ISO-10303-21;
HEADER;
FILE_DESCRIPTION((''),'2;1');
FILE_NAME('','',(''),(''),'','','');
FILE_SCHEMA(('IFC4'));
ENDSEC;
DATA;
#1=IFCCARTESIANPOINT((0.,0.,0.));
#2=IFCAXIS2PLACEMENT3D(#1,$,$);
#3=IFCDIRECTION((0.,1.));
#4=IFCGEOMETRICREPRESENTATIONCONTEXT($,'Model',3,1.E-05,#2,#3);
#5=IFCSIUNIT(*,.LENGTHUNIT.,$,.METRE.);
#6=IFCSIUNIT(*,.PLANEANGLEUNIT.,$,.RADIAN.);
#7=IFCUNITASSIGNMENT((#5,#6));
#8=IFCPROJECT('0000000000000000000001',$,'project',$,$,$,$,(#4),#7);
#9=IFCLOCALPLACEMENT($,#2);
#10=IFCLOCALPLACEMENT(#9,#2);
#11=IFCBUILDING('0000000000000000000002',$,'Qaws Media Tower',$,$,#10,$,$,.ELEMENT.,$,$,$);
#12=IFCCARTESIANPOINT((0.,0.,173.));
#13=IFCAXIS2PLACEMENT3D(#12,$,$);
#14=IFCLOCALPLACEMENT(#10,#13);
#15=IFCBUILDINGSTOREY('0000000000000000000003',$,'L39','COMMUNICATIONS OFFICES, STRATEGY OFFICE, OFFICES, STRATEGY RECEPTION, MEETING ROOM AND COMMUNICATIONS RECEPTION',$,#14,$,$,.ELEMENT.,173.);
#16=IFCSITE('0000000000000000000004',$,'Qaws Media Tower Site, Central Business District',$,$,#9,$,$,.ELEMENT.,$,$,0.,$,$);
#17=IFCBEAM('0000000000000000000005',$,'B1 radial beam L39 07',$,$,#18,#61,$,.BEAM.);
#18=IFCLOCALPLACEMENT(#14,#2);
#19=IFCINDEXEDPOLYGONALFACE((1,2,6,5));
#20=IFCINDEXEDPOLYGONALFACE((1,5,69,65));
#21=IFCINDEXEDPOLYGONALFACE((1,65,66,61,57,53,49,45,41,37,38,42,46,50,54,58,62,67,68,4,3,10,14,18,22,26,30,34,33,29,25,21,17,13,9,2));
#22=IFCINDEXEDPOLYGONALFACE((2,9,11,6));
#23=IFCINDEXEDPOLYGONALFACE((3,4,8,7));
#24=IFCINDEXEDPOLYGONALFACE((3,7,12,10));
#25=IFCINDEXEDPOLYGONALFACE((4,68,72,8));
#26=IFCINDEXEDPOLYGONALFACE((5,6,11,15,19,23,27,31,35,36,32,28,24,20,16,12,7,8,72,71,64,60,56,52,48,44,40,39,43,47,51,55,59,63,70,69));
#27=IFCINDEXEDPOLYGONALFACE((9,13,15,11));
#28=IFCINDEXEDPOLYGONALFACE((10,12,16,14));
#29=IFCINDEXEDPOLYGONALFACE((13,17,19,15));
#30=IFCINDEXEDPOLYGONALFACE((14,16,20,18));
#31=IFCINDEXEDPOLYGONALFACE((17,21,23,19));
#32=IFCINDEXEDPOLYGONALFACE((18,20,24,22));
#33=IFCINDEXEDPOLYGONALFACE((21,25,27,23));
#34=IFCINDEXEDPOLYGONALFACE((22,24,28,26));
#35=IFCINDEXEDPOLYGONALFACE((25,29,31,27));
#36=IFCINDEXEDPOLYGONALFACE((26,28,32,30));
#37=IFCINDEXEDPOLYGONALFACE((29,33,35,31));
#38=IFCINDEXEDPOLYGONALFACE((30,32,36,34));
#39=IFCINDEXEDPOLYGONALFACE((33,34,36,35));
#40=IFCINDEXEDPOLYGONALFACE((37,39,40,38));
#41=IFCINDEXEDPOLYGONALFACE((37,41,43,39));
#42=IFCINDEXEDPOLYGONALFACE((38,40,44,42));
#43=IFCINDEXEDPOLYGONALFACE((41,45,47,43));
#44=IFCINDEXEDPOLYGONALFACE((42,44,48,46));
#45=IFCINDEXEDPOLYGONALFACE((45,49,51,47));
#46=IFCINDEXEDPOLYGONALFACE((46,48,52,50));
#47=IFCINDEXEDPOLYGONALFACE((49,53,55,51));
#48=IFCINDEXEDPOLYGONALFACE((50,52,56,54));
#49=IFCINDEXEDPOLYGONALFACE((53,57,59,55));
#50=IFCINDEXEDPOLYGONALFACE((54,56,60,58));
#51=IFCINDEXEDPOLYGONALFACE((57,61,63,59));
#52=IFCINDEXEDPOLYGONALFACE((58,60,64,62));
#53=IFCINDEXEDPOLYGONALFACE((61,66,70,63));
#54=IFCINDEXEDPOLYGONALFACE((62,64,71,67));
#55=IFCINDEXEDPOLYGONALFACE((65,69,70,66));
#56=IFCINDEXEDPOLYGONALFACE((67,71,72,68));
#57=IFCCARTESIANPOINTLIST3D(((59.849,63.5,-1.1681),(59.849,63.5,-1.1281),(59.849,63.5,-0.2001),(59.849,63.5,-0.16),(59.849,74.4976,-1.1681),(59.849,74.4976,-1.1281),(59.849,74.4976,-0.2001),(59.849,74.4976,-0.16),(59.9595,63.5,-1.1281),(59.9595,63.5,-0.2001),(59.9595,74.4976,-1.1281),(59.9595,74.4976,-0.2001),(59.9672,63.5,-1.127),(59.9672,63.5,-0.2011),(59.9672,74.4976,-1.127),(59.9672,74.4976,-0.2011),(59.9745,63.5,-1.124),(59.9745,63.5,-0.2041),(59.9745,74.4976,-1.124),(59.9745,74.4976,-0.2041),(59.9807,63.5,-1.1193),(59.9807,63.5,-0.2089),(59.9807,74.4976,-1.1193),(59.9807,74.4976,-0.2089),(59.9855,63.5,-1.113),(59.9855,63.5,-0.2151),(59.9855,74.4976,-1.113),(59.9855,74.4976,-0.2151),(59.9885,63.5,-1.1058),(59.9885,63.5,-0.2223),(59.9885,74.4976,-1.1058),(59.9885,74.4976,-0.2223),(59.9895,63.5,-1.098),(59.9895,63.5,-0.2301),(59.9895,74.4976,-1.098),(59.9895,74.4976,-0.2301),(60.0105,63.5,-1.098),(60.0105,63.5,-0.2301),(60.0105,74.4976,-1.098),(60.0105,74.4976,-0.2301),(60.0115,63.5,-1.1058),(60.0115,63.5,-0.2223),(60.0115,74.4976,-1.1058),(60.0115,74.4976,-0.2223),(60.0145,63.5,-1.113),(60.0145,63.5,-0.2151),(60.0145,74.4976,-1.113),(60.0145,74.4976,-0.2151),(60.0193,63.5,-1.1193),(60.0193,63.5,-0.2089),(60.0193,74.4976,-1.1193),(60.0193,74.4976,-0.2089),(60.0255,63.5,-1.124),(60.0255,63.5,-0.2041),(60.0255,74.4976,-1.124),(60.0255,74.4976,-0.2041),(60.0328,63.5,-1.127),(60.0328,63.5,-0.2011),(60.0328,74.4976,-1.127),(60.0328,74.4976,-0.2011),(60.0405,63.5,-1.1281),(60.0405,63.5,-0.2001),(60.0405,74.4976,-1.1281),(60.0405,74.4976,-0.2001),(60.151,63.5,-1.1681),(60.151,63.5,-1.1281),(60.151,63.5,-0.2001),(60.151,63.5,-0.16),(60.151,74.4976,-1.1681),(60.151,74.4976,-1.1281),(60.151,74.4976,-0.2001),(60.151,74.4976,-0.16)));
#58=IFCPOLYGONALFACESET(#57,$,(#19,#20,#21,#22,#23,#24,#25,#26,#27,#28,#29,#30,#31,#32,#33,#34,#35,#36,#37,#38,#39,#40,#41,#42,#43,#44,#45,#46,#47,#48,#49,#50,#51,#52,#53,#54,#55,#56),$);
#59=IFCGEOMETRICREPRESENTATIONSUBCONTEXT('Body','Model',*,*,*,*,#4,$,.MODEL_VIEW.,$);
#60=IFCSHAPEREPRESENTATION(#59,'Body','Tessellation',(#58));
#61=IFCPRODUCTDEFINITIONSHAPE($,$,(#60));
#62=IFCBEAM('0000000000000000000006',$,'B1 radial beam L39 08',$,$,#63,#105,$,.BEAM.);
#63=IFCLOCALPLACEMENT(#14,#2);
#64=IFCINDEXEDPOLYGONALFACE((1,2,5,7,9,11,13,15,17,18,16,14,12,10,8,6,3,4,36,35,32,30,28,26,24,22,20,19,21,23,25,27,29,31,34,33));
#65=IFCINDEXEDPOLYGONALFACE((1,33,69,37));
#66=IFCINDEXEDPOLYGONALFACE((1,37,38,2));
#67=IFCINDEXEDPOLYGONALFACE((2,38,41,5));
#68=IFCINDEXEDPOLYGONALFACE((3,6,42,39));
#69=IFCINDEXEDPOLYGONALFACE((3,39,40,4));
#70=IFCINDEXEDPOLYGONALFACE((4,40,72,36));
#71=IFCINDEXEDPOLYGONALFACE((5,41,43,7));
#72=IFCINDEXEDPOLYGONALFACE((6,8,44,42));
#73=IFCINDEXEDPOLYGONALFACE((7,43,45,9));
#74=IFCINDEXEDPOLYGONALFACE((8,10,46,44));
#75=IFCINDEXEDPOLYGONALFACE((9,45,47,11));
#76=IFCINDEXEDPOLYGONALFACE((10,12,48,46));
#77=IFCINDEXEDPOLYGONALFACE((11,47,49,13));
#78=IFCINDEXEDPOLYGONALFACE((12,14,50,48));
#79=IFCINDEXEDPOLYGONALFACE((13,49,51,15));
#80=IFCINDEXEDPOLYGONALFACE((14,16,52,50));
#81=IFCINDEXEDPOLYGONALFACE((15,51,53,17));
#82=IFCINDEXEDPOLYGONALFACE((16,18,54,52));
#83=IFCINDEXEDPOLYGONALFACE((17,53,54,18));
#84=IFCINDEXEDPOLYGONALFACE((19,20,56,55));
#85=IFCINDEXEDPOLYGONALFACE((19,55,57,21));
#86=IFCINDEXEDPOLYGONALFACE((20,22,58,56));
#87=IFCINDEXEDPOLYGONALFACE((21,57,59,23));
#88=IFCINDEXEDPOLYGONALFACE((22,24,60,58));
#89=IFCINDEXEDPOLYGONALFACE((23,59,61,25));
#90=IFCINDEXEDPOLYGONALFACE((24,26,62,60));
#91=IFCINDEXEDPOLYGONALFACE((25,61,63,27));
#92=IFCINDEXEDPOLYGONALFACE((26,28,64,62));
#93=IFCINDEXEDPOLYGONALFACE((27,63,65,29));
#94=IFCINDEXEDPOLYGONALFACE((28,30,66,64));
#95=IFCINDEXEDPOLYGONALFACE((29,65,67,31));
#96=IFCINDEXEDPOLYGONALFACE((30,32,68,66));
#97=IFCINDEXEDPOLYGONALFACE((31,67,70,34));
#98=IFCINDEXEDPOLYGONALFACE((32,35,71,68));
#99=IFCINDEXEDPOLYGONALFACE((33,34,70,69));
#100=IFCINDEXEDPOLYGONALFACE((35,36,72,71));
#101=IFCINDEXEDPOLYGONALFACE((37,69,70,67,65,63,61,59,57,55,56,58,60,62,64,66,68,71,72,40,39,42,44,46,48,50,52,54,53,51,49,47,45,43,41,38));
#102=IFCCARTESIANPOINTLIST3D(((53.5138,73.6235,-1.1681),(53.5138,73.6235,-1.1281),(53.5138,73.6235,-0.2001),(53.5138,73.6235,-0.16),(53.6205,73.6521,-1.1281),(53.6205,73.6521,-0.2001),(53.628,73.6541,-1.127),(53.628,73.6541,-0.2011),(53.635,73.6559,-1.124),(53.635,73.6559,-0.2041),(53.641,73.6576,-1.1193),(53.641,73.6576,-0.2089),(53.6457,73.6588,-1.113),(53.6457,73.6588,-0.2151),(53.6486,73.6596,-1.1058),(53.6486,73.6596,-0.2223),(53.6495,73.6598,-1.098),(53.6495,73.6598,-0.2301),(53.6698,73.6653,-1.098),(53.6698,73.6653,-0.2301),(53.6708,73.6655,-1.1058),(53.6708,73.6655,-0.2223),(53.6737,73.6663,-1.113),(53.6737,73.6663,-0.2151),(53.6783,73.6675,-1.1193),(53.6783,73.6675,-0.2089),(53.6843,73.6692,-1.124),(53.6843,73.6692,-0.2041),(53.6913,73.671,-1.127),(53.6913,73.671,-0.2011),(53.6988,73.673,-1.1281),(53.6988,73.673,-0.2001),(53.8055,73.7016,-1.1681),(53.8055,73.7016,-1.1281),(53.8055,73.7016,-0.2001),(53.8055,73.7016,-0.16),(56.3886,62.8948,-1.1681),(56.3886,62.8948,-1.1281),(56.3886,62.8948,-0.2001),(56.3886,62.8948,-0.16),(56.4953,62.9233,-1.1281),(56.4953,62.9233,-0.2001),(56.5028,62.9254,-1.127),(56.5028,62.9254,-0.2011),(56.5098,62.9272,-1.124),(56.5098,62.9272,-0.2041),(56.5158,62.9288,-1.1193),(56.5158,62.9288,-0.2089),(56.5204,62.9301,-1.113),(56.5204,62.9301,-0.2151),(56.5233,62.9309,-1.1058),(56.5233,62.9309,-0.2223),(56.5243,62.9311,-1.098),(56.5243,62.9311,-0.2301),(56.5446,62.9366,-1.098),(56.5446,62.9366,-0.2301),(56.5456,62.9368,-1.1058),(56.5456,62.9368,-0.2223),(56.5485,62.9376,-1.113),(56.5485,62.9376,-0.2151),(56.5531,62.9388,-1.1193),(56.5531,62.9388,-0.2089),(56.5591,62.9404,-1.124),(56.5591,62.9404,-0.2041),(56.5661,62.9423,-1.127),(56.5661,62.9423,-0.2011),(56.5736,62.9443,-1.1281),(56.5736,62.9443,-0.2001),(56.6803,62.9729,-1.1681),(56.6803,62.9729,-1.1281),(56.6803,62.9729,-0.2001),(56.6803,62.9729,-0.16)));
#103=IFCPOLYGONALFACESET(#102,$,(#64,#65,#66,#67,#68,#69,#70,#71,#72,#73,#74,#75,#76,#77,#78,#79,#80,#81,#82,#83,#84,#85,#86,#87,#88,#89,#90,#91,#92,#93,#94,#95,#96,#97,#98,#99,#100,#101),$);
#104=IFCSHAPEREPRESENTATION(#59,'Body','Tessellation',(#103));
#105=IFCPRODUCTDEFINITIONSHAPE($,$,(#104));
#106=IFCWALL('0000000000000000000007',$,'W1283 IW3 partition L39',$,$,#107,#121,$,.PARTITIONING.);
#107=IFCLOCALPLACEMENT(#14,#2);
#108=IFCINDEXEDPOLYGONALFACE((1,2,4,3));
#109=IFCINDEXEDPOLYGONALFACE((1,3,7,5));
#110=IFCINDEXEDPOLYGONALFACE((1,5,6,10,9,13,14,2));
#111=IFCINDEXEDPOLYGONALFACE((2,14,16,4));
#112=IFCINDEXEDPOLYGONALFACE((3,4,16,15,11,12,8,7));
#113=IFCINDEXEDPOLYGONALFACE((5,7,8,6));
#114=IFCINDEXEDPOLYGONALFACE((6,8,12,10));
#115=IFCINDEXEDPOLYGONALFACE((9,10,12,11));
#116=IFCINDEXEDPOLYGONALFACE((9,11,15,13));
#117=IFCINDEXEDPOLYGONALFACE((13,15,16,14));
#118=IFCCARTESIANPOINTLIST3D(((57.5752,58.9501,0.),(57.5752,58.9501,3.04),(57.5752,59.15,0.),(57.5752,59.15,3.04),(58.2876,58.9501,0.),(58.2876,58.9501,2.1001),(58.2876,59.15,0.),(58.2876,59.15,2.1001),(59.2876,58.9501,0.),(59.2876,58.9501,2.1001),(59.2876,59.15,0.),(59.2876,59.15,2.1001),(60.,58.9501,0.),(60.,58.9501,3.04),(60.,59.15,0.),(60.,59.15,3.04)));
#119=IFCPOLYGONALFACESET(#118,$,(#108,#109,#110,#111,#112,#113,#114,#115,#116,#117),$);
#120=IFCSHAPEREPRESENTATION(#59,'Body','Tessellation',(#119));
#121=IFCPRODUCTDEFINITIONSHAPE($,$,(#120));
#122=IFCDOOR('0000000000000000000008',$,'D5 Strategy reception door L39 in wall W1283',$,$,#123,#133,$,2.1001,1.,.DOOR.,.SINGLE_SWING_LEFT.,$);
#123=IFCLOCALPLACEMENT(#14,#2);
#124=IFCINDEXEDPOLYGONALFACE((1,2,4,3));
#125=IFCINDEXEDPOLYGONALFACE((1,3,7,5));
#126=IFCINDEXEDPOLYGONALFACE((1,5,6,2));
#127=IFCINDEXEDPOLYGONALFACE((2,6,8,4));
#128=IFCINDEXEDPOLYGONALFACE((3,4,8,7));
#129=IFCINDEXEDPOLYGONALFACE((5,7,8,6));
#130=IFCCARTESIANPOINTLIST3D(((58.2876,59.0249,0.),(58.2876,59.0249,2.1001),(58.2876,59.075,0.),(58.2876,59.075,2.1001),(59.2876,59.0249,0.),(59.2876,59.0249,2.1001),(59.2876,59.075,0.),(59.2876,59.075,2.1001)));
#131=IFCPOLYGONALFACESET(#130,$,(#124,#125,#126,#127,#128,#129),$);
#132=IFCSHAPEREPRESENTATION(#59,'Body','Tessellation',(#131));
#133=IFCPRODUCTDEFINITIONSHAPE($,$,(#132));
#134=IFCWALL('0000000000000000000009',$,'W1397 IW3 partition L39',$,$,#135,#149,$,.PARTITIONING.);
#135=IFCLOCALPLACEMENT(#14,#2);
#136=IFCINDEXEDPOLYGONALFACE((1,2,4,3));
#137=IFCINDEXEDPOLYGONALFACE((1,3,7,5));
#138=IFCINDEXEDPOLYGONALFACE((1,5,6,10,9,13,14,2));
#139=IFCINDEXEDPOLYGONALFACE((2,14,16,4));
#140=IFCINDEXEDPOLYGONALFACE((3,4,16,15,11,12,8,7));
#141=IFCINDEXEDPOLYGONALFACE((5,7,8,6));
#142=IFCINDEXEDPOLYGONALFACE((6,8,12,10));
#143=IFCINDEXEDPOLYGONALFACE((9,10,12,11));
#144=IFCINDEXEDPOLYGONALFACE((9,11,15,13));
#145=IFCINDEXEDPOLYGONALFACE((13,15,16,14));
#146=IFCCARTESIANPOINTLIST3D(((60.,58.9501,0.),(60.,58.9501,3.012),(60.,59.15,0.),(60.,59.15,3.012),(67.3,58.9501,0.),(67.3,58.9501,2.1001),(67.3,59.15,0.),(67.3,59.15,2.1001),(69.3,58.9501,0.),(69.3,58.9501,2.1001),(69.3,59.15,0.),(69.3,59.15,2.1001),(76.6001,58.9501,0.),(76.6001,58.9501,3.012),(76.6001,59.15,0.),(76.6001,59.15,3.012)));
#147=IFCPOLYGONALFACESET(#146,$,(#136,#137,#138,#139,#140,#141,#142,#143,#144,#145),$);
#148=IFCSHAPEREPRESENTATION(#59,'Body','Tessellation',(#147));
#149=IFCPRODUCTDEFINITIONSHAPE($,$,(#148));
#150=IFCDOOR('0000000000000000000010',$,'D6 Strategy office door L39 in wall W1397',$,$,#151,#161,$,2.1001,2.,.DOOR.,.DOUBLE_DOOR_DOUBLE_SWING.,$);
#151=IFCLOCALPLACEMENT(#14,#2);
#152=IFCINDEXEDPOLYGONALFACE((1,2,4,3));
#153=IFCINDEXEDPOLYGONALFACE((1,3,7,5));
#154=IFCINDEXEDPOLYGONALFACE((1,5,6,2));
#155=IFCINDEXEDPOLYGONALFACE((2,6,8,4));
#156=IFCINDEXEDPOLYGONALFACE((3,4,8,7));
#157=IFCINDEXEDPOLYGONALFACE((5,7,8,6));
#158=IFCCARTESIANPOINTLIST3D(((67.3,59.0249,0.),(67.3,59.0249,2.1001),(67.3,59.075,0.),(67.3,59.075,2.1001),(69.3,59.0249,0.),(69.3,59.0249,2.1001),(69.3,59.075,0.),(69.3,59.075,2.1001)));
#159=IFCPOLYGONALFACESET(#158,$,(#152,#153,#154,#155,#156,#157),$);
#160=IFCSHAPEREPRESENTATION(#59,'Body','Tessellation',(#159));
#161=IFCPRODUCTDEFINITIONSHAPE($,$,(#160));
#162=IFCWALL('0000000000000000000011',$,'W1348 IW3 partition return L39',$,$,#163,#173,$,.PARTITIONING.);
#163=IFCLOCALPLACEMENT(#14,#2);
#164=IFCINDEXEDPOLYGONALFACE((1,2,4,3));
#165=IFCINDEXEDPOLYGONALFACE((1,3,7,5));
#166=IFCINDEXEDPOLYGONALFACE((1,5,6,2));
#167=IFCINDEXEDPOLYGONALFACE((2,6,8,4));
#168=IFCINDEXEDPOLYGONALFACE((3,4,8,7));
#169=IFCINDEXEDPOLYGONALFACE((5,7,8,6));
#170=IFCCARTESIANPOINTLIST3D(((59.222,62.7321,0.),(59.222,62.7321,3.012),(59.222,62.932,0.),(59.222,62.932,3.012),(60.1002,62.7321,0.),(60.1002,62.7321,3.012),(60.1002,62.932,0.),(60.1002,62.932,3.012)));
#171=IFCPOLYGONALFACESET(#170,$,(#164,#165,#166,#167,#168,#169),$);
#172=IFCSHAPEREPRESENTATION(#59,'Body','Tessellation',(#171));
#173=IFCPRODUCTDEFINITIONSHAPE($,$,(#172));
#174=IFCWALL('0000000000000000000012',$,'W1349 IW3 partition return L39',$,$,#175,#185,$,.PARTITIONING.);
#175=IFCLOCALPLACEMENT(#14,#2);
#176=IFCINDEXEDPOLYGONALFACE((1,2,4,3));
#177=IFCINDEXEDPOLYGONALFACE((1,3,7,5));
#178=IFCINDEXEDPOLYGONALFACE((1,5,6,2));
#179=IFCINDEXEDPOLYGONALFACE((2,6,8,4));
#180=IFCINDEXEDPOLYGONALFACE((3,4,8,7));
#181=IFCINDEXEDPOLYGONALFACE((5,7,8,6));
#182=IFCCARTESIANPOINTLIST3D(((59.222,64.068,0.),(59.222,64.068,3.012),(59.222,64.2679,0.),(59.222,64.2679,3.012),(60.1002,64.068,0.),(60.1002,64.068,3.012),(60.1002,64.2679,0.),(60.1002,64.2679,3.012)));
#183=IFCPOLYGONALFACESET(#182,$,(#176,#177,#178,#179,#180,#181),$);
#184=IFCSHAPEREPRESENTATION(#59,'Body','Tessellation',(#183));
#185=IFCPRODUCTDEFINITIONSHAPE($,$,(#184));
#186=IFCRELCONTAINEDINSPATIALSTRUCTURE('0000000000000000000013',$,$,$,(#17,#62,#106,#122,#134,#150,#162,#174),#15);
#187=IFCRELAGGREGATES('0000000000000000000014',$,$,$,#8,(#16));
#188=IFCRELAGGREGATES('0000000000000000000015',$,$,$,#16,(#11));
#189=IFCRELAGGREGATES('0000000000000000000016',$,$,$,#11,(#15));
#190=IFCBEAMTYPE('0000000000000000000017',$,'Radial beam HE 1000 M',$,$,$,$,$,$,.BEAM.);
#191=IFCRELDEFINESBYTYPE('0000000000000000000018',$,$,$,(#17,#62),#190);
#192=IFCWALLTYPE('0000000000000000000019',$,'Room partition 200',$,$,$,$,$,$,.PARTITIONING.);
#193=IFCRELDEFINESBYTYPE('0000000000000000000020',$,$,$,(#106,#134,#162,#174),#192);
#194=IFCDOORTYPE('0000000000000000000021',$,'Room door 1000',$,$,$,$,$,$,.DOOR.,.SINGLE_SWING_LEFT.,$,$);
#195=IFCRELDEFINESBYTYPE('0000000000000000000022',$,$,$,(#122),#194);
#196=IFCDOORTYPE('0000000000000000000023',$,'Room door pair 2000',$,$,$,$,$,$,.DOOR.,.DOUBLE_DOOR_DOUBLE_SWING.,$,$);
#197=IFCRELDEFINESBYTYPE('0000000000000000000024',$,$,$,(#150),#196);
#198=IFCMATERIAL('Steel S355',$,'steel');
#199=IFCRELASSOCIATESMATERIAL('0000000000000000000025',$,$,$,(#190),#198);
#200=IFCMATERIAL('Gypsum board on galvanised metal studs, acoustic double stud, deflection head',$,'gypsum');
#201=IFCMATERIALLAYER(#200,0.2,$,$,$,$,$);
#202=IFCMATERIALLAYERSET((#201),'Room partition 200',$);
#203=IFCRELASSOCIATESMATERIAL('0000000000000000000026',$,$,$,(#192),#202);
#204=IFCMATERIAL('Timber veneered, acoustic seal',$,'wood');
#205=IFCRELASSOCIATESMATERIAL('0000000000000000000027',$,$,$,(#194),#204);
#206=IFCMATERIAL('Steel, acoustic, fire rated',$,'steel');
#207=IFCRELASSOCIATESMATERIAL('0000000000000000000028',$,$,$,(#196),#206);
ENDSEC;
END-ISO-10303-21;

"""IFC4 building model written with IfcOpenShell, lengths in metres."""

from ifc_helpers import new_model, si_unit, direction, frame, frame_2d, origin, origin_2d, place, context, subcontext, project, spatial, rectangle, i_section, extrude, material, layer, layer_set, material_profile, profile_set, type_object, element, fill, save


model = new_model("IFC4")

# Units and contexts
model_context = context("Model", 3, precision=1e-05, world=origin(), true_north=direction((0.0, 1.0)))
body_context = subcontext(model_context, "Body", "Model", "MODEL_VIEW")
ifc_project = project(units=[si_unit("LENGTHUNIT", "METRE"), si_unit("PLANEANGLEUNIT", "RADIAN")], contexts=[model_context])

# Site, building, storey
site_placement = place(None, origin())
site = spatial("IfcSite", under=ifc_project, at=site_placement, Name="Qaws Media Tower Site, Central Business District", CompositionType="ELEMENT", RefElevation=0.0)
building_placement = place(site_placement, origin())
building = spatial("IfcBuilding", under=site, at=building_placement, Name="Qaws Media Tower", CompositionType="ELEMENT")
storey_placement = place(building_placement, frame((0.0, 0.0, 173.0)))
storey = spatial("IfcBuildingStorey", under=building, at=storey_placement, Name="L39", Description="COMMUNICATIONS OFFICES, STRATEGY OFFICE, OFFICES, STRATEGY RECEPTION, MEETING ROOM AND COMMUNICATIONS RECEPTION", CompositionType="ELEMENT", Elevation=173.0)

# Beams
ifc_material_1 = material(Name="Steel S355", Category="steel")
ifc_material_profile_1 = material_profile(ifc_material_1, i_section(OverallWidth=0.302, OverallDepth=1.0081, WebThickness=0.021, FlangeThickness=0.04, FilletRadius=0.03, at=origin_2d()), Name="HE 1000 M")
ifc_profile_set_1 = profile_set([ifc_material_profile_1], Name="Steel S355")
beam_type_1 = type_object("IfcBeamType", Name="Radial beam HE 1000 M", PredefinedType="BEAM", material=ifc_profile_set_1)
beam_1_placement = place(storey_placement, frame((60.0, 63.5, -0.6641), z_axis=(0.0, 1.0, 0.0), x_axis=(-1.0, 0.0, 0.0)))
element("IfcBeam", 1, at=beam_1_placement, inside=storey, type_object=beam_type_1, Name="B1 radial beam L39 07", PredefinedType="BEAM", context=body_context, shape_type="SweptSolid", body=[
    extrude(i_section(OverallWidth=0.302, OverallDepth=1.0081, WebThickness=0.021, FlangeThickness=0.04, FilletRadius=0.03, at=origin_2d()), origin(), (0.0, 0.0, 1.0), 10.9976),
])
beam_2_placement = place(storey_placement, frame((56.5344, 62.9338, -0.6641), z_axis=(-0.258818, 0.965926, 0.0), x_axis=(-0.965926, -0.258818, 0.0)))
element("IfcBeam", 2, at=beam_2_placement, inside=storey, type_object=beam_type_1, Name="B1 radial beam L39 08", PredefinedType="BEAM", context=body_context, shape_type="SweptSolid", body=[
    extrude(i_section(OverallWidth=0.302, OverallDepth=1.0081, WebThickness=0.021, FlangeThickness=0.04, FilletRadius=0.03, at=origin_2d()), origin(), (0.0, 0.0, 1.0), 11.1072),
])

# Walls, openings, doors
ifc_material_2 = material(Name="Gypsum board on galvanised metal studs, acoustic double stud, deflection head", Category="gypsum")
ifc_layer = layer(ifc_material_2, 0.2)
ifc_layer_set = layer_set([ifc_layer], Name="Room partition 200")
wall_type = type_object("IfcWallType", Name="Room partition 200", PredefinedType="PARTITIONING", material=ifc_layer_set)
wall_1_placement = place(storey_placement, frame((57.5752, 59.05, 0.0), z_axis=(0.0, 0.0, 1.0), x_axis=(1.0, 0.0, 0.0)))
wall_1 = element("IfcWall", 3, at=wall_1_placement, inside=storey, type_object=wall_type, Name="W1283 IW3 partition L39", PredefinedType="PARTITIONING", context=body_context, shape_type="SweptSolid", body=[
    extrude(rectangle(XDim=2.4248, YDim=0.2, at=frame_2d((1.2124, 0.0))), origin(), (0.0, 0.0, 1.0), 3.04),
])
opening_1_placement = place(wall_1_placement, frame((0.7124, 0.0, 0.0)))
opening_1 = element("IfcOpeningElement", 4, at=opening_1_placement, cuts=wall_1, PredefinedType="OPENING", context=body_context, shape_type="SweptSolid", body=[
    extrude(rectangle(XDim=1.0, YDim=2.1001, at=frame_2d((0.5, 1.05))), frame((0.0, 0.1099, 0.0), z_axis=(0.0, -1.0, 0.0), x_axis=(1.0, 0.0, 0.0)), (0.0, 0.0, 1.0), 0.22),
])
ifc_material_3 = material(Name="Timber veneered, acoustic seal", Category="wood")
door_type_1 = type_object("IfcDoorType", Name="Room door 1000", OperationType="SINGLE_SWING_LEFT", PredefinedType="DOOR", material=ifc_material_3)
door_1_placement = place(opening_1_placement, origin())
door_1 = element("IfcDoor", 5, at=door_1_placement, inside=storey, type_object=door_type_1, Name="D5 Strategy reception door L39 in wall W1283", OperationType="SINGLE_SWING_LEFT", OverallHeight=2.1001, OverallWidth=1.0, PredefinedType="DOOR", context=body_context, shape_type="SweptSolid", body=[
    extrude(rectangle(XDim=1.0, YDim=2.1001, at=frame_2d((0.5, 1.05))), frame((0.0, 0.0249, 0.0), z_axis=(0.0, -1.0, 0.0), x_axis=(1.0, 0.0, 0.0)), (0.0, 0.0, 1.0), 0.05),
])
fill(opening_1, door_1)
wall_2_placement = place(storey_placement, frame((60.0, 59.05, 0.0), z_axis=(0.0, 0.0, 1.0), x_axis=(1.0, 0.0, 0.0)))
wall_2 = element("IfcWall", 6, at=wall_2_placement, inside=storey, type_object=wall_type, Name="W1397 IW3 partition L39", PredefinedType="PARTITIONING", context=body_context, shape_type="SweptSolid", body=[
    extrude(rectangle(XDim=16.6001, YDim=0.2, at=frame_2d((8.3, 0.0))), origin(), (0.0, 0.0, 1.0), 3.012),
])
opening_2_placement = place(wall_2_placement, frame((7.3, 0.0, 0.0)))
opening_2 = element("IfcOpeningElement", 7, at=opening_2_placement, cuts=wall_2, PredefinedType="OPENING", context=body_context, shape_type="SweptSolid", body=[
    extrude(rectangle(XDim=2.0, YDim=2.1001, at=frame_2d((1.0, 1.05))), frame((0.0, 0.1099, 0.0), z_axis=(0.0, -1.0, 0.0), x_axis=(1.0, 0.0, 0.0)), (0.0, 0.0, 1.0), 0.22),
])
ifc_material_4 = material(Name="Steel, acoustic, fire rated", Category="steel")
door_type_2 = type_object("IfcDoorType", Name="Room door pair 2000", OperationType="DOUBLE_DOOR_DOUBLE_SWING", PredefinedType="DOOR", material=ifc_material_4)
door_2_placement = place(opening_2_placement, origin())
door_2 = element("IfcDoor", 8, at=door_2_placement, inside=storey, type_object=door_type_2, Name="D6 Strategy office door L39 in wall W1397", OperationType="DOUBLE_DOOR_DOUBLE_SWING", OverallHeight=2.1001, OverallWidth=2.0, PredefinedType="DOOR", context=body_context, shape_type="SweptSolid", body=[
    extrude(rectangle(XDim=2.0, YDim=2.1001, at=frame_2d((1.0, 1.05))), frame((0.0, 0.0249, 0.0), z_axis=(0.0, -1.0, 0.0), x_axis=(1.0, 0.0, 0.0)), (0.0, 0.0, 1.0), 0.05),
])
fill(opening_2, door_2)

# Walls
for number, where, z_axis, x_axis, name in (
    (9, (60.1001, 62.832, 0.0), (0.0, 0.0, 1.0), (-1.0, 0.0, 0.0), "W1348 IW3 partition return L39"),
    (10, (60.1001, 64.168, 0.0), (0.0, 0.0, 1.0), (-1.0, 0.0, 0.0), "W1349 IW3 partition return L39"),
):
    element("IfcWall", number, at=place(storey_placement, frame(where, z_axis=z_axis, x_axis=x_axis)), inside=storey, type_object=wall_type, Name=name, PredefinedType="PARTITIONING", context=body_context, shape_type="SweptSolid", body=[
        extrude(rectangle(XDim=0.8782, YDim=0.2, at=frame_2d((0.439, 0.0))), origin(), (0.0, 0.0, 1.0), 3.012),
    ])

save(model, "model.ifc")
